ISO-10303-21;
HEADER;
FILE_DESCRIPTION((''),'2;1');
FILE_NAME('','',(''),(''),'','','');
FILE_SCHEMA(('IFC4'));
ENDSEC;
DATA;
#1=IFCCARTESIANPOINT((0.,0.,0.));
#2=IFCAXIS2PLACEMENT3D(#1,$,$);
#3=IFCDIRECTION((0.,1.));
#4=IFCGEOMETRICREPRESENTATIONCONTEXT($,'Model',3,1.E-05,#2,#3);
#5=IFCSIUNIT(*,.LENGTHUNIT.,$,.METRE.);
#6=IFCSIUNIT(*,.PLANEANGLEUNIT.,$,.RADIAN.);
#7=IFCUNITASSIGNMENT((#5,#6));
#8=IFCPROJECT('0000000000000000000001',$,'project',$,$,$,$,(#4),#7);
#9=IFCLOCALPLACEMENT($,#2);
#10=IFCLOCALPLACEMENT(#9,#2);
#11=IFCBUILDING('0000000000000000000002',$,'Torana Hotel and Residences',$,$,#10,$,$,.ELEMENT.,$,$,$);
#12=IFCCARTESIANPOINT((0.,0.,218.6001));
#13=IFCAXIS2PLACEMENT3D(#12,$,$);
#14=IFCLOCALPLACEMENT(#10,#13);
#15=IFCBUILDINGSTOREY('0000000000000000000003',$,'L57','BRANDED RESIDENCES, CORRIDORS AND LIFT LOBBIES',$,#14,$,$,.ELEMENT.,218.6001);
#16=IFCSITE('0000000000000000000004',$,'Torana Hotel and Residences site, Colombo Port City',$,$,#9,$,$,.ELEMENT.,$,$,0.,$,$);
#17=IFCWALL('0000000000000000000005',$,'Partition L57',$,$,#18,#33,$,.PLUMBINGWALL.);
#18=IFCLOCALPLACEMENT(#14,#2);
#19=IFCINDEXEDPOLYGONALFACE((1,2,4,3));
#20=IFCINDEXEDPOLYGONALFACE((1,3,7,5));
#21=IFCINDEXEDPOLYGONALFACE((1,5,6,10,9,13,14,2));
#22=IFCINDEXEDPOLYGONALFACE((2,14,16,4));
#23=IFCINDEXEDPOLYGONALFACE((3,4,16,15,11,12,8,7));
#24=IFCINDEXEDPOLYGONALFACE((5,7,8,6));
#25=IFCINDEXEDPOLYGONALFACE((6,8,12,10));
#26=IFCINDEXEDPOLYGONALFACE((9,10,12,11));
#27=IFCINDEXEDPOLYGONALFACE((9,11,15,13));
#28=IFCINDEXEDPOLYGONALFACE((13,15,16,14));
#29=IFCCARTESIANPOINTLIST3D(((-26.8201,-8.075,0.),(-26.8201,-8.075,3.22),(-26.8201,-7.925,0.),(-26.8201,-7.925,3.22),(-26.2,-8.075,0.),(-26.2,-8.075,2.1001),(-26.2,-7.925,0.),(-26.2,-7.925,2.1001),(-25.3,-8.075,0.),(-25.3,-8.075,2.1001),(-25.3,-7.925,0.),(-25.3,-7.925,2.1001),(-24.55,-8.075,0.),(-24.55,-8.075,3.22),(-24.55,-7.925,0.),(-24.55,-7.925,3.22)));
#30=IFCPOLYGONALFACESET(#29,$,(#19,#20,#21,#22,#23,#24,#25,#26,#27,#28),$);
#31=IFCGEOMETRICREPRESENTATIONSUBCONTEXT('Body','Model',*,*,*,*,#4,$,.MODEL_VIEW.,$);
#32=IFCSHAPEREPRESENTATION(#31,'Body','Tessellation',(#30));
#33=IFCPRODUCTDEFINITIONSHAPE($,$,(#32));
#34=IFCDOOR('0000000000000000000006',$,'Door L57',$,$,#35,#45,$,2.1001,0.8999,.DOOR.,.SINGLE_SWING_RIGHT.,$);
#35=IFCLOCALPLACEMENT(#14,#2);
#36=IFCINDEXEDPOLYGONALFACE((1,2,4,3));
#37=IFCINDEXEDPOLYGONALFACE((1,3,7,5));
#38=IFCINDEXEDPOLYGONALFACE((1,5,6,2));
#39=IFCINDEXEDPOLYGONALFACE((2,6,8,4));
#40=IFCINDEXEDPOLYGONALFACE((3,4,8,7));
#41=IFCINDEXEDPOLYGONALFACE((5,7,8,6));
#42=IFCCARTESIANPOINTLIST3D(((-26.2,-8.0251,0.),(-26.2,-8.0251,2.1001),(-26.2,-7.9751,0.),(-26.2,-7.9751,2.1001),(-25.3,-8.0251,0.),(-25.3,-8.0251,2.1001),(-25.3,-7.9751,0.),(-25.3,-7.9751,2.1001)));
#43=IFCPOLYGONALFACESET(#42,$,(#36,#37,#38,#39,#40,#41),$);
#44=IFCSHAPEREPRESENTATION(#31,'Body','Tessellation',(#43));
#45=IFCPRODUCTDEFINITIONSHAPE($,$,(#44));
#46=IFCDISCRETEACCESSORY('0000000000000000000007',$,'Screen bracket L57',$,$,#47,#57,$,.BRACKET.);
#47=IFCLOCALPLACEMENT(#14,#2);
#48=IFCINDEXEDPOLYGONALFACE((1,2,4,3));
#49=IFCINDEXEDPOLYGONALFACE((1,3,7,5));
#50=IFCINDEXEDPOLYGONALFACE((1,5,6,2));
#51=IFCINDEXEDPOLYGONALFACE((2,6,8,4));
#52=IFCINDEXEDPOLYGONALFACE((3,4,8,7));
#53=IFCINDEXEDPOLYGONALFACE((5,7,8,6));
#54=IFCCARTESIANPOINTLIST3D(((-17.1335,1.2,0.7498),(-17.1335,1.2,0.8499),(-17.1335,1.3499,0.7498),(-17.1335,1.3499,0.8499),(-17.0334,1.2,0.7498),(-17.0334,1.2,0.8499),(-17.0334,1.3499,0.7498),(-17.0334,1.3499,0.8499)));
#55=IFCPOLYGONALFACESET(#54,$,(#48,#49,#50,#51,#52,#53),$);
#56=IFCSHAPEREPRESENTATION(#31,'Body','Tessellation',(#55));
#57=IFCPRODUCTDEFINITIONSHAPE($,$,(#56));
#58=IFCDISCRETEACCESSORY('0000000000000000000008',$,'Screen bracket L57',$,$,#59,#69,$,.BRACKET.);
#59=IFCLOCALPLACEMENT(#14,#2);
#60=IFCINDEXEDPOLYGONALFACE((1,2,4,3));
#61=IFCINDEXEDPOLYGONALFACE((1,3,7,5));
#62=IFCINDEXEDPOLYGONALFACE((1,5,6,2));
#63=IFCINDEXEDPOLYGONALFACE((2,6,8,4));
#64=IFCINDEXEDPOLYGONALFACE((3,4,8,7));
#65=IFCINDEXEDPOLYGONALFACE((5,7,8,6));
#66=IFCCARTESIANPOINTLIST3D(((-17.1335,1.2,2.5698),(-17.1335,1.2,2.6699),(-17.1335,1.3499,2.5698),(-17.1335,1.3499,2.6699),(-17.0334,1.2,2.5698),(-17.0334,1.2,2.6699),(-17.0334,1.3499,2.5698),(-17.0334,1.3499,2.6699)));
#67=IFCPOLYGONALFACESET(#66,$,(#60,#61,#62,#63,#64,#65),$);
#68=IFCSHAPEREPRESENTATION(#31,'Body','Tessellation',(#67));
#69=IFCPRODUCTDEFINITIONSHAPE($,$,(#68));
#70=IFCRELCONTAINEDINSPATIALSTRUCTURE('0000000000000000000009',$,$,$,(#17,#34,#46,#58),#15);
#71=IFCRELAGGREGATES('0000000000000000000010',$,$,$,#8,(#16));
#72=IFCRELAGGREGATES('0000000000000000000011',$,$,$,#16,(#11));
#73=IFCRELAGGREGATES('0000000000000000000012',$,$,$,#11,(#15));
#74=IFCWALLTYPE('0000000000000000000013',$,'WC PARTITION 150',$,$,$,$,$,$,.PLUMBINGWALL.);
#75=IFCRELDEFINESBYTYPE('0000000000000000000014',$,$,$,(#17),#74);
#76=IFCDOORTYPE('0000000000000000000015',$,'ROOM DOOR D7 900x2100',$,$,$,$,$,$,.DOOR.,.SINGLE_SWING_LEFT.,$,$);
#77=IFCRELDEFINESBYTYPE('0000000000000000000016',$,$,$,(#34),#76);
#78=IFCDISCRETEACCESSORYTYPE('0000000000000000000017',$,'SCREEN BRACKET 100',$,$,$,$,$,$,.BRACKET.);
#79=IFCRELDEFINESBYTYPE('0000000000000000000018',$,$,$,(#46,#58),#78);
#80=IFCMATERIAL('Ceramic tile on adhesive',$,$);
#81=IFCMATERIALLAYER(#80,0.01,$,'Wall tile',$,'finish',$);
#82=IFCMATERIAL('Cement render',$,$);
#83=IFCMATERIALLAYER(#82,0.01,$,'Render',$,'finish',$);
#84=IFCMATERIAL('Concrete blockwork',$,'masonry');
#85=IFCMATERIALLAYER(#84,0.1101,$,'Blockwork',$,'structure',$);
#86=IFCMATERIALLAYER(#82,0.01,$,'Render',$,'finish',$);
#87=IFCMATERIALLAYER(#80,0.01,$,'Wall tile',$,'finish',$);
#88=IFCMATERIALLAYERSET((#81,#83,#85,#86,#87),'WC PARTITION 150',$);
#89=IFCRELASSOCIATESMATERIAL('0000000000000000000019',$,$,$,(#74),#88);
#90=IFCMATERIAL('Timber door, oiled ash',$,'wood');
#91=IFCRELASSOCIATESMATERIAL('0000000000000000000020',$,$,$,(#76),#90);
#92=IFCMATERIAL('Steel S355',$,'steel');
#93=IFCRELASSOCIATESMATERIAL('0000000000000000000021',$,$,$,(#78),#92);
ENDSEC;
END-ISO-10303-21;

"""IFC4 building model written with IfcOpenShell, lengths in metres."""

from ifc_helpers import new_model, si_unit, direction, frame, frame_2d, origin, origin_2d, place, context, subcontext, project, spatial, rectangle, extrude, material, layer, layer_set, type_object, element, fill, save


model = new_model("IFC4")

# Units and contexts
model_context = context("Model", 3, precision=1e-05, world=origin(), true_north=direction((0.0, 1.0)))
body_context = subcontext(model_context, "Body", "Model", "MODEL_VIEW")
ifc_project = project(units=[si_unit("LENGTHUNIT", "METRE"), si_unit("PLANEANGLEUNIT", "RADIAN")], contexts=[model_context])

# Site, building, storey
site_placement = place(None, origin())
site = spatial("IfcSite", under=ifc_project, at=site_placement, Name="Torana Hotel and Residences site, Colombo Port City", CompositionType="ELEMENT", RefElevation=0.0)
building_placement = place(site_placement, origin())
building = spatial("IfcBuilding", under=site, at=building_placement, Name="Torana Hotel and Residences", CompositionType="ELEMENT")
storey_placement = place(building_placement, frame((0.0, 0.0, 218.6001)))
storey = spatial("IfcBuildingStorey", under=building, at=storey_placement, Name="L57", Description="BRANDED RESIDENCES, CORRIDORS AND LIFT LOBBIES", CompositionType="ELEMENT", Elevation=218.6001)

# Wall, opening, door
ifc_material_1 = material(Name="Ceramic tile on adhesive")
ifc_layer_1 = layer(ifc_material_1, 0.01, Name="Wall tile", Category="finish")
ifc_material_2 = material(Name="Cement render")
ifc_layer_2 = layer(ifc_material_2, 0.01, Name="Render", Category="finish")
ifc_material_3 = material(Name="Concrete blockwork", Category="masonry")
ifc_layer_3 = layer(ifc_material_3, 0.1101, Name="Blockwork", Category="structure")
ifc_layer_4 = layer(ifc_material_2, 0.01, Name="Render", Category="finish")
ifc_layer_5 = layer(ifc_material_1, 0.01, Name="Wall tile", Category="finish")
ifc_layer_set_1 = layer_set([ifc_layer_1, ifc_layer_2, ifc_layer_3, ifc_layer_4, ifc_layer_5], Name="WC PARTITION 150")
wall_type_1 = type_object("IfcWallType", Name="WC PARTITION 150", PredefinedType="PLUMBINGWALL", material=ifc_layer_set_1)
wall_1_placement = place(storey_placement, frame((-26.8201, -8.0, 0.0), z_axis=(0.0, 0.0, 1.0), x_axis=(1.0, 0.0, 0.0)))
wall_1 = element("IfcWall", 1, at=wall_1_placement, inside=storey, type_object=wall_type_1, Name="Partition L57", PredefinedType="PLUMBINGWALL", context=body_context, shape_type="SweptSolid", body=[
    extrude(rectangle(XDim=2.27, YDim=0.1499, at=frame_2d((1.135, 0.0))), origin(), (0.0, 0.0, 1.0), 3.22),
])
opening_1_placement = place(wall_1_placement, frame((0.6201, 0.0, 0.0)))
opening_1 = element("IfcOpeningElement", 2, at=opening_1_placement, cuts=wall_1, PredefinedType="OPENING", context=body_context, shape_type="SweptSolid", body=[
    extrude(rectangle(XDim=0.8999, YDim=2.1001, at=frame_2d((0.45, 1.05))), frame((0.0, 0.085, 0.0), z_axis=(0.0, -1.0, 0.0), x_axis=(1.0, 0.0, 0.0)), (0.0, 0.0, 1.0), 0.1699),
])
ifc_material_4 = material(Name="Timber door, oiled ash", Category="wood")
door_type_1 = type_object("IfcDoorType", Name="ROOM DOOR D7 900x2100", OperationType="SINGLE_SWING_LEFT", PredefinedType="DOOR", material=ifc_material_4)
door_1_placement = place(opening_1_placement, origin())
door_1 = element("IfcDoor", 3, at=door_1_placement, inside=storey, type_object=door_type_1, Name="Door L57", OperationType="SINGLE_SWING_RIGHT", OverallHeight=2.1001, OverallWidth=0.8999, PredefinedType="DOOR", context=body_context, shape_type="SweptSolid", body=[
    extrude(rectangle(XDim=0.8999, YDim=2.1001, at=frame_2d((0.45, 1.05))), frame((0.0, 0.0249, 0.0), z_axis=(0.0, -1.0, 0.0), x_axis=(1.0, 0.0, 0.0)), (0.0, 0.0, 1.0), 0.05),
])
fill(opening_1, door_1)

# Discrete accessories
ifc_material_5 = material(Name="Steel S355", Category="steel")
discrete_accessory_type = type_object("IfcDiscreteAccessoryType", Name="SCREEN BRACKET 100", PredefinedType="BRACKET", material=ifc_material_5)
for number, where, z_axis, x_axis, name in (
    (4, (-17.0835, 1.2749, 0.7498), (0.0, 0.0, 1.0), (-1.0, 0.0, 0.0), "Screen bracket L57"),
    (5, (-17.0835, 1.2749, 2.5698), (0.0, 0.0, 1.0), (-1.0, 0.0, 0.0), "Screen bracket L57"),
):
    element("IfcDiscreteAccessory", number, at=place(storey_placement, frame(where, z_axis=z_axis, x_axis=x_axis)), inside=storey, type_object=discrete_accessory_type, Name=name, PredefinedType="BRACKET", context=body_context, shape_type="SweptSolid", body=[
        extrude(rectangle(XDim=0.1001, YDim=0.1499, at=origin_2d()), origin(), (0.0, 0.0, 1.0), 0.1001),
    ])

save(model, "model.ifc")
